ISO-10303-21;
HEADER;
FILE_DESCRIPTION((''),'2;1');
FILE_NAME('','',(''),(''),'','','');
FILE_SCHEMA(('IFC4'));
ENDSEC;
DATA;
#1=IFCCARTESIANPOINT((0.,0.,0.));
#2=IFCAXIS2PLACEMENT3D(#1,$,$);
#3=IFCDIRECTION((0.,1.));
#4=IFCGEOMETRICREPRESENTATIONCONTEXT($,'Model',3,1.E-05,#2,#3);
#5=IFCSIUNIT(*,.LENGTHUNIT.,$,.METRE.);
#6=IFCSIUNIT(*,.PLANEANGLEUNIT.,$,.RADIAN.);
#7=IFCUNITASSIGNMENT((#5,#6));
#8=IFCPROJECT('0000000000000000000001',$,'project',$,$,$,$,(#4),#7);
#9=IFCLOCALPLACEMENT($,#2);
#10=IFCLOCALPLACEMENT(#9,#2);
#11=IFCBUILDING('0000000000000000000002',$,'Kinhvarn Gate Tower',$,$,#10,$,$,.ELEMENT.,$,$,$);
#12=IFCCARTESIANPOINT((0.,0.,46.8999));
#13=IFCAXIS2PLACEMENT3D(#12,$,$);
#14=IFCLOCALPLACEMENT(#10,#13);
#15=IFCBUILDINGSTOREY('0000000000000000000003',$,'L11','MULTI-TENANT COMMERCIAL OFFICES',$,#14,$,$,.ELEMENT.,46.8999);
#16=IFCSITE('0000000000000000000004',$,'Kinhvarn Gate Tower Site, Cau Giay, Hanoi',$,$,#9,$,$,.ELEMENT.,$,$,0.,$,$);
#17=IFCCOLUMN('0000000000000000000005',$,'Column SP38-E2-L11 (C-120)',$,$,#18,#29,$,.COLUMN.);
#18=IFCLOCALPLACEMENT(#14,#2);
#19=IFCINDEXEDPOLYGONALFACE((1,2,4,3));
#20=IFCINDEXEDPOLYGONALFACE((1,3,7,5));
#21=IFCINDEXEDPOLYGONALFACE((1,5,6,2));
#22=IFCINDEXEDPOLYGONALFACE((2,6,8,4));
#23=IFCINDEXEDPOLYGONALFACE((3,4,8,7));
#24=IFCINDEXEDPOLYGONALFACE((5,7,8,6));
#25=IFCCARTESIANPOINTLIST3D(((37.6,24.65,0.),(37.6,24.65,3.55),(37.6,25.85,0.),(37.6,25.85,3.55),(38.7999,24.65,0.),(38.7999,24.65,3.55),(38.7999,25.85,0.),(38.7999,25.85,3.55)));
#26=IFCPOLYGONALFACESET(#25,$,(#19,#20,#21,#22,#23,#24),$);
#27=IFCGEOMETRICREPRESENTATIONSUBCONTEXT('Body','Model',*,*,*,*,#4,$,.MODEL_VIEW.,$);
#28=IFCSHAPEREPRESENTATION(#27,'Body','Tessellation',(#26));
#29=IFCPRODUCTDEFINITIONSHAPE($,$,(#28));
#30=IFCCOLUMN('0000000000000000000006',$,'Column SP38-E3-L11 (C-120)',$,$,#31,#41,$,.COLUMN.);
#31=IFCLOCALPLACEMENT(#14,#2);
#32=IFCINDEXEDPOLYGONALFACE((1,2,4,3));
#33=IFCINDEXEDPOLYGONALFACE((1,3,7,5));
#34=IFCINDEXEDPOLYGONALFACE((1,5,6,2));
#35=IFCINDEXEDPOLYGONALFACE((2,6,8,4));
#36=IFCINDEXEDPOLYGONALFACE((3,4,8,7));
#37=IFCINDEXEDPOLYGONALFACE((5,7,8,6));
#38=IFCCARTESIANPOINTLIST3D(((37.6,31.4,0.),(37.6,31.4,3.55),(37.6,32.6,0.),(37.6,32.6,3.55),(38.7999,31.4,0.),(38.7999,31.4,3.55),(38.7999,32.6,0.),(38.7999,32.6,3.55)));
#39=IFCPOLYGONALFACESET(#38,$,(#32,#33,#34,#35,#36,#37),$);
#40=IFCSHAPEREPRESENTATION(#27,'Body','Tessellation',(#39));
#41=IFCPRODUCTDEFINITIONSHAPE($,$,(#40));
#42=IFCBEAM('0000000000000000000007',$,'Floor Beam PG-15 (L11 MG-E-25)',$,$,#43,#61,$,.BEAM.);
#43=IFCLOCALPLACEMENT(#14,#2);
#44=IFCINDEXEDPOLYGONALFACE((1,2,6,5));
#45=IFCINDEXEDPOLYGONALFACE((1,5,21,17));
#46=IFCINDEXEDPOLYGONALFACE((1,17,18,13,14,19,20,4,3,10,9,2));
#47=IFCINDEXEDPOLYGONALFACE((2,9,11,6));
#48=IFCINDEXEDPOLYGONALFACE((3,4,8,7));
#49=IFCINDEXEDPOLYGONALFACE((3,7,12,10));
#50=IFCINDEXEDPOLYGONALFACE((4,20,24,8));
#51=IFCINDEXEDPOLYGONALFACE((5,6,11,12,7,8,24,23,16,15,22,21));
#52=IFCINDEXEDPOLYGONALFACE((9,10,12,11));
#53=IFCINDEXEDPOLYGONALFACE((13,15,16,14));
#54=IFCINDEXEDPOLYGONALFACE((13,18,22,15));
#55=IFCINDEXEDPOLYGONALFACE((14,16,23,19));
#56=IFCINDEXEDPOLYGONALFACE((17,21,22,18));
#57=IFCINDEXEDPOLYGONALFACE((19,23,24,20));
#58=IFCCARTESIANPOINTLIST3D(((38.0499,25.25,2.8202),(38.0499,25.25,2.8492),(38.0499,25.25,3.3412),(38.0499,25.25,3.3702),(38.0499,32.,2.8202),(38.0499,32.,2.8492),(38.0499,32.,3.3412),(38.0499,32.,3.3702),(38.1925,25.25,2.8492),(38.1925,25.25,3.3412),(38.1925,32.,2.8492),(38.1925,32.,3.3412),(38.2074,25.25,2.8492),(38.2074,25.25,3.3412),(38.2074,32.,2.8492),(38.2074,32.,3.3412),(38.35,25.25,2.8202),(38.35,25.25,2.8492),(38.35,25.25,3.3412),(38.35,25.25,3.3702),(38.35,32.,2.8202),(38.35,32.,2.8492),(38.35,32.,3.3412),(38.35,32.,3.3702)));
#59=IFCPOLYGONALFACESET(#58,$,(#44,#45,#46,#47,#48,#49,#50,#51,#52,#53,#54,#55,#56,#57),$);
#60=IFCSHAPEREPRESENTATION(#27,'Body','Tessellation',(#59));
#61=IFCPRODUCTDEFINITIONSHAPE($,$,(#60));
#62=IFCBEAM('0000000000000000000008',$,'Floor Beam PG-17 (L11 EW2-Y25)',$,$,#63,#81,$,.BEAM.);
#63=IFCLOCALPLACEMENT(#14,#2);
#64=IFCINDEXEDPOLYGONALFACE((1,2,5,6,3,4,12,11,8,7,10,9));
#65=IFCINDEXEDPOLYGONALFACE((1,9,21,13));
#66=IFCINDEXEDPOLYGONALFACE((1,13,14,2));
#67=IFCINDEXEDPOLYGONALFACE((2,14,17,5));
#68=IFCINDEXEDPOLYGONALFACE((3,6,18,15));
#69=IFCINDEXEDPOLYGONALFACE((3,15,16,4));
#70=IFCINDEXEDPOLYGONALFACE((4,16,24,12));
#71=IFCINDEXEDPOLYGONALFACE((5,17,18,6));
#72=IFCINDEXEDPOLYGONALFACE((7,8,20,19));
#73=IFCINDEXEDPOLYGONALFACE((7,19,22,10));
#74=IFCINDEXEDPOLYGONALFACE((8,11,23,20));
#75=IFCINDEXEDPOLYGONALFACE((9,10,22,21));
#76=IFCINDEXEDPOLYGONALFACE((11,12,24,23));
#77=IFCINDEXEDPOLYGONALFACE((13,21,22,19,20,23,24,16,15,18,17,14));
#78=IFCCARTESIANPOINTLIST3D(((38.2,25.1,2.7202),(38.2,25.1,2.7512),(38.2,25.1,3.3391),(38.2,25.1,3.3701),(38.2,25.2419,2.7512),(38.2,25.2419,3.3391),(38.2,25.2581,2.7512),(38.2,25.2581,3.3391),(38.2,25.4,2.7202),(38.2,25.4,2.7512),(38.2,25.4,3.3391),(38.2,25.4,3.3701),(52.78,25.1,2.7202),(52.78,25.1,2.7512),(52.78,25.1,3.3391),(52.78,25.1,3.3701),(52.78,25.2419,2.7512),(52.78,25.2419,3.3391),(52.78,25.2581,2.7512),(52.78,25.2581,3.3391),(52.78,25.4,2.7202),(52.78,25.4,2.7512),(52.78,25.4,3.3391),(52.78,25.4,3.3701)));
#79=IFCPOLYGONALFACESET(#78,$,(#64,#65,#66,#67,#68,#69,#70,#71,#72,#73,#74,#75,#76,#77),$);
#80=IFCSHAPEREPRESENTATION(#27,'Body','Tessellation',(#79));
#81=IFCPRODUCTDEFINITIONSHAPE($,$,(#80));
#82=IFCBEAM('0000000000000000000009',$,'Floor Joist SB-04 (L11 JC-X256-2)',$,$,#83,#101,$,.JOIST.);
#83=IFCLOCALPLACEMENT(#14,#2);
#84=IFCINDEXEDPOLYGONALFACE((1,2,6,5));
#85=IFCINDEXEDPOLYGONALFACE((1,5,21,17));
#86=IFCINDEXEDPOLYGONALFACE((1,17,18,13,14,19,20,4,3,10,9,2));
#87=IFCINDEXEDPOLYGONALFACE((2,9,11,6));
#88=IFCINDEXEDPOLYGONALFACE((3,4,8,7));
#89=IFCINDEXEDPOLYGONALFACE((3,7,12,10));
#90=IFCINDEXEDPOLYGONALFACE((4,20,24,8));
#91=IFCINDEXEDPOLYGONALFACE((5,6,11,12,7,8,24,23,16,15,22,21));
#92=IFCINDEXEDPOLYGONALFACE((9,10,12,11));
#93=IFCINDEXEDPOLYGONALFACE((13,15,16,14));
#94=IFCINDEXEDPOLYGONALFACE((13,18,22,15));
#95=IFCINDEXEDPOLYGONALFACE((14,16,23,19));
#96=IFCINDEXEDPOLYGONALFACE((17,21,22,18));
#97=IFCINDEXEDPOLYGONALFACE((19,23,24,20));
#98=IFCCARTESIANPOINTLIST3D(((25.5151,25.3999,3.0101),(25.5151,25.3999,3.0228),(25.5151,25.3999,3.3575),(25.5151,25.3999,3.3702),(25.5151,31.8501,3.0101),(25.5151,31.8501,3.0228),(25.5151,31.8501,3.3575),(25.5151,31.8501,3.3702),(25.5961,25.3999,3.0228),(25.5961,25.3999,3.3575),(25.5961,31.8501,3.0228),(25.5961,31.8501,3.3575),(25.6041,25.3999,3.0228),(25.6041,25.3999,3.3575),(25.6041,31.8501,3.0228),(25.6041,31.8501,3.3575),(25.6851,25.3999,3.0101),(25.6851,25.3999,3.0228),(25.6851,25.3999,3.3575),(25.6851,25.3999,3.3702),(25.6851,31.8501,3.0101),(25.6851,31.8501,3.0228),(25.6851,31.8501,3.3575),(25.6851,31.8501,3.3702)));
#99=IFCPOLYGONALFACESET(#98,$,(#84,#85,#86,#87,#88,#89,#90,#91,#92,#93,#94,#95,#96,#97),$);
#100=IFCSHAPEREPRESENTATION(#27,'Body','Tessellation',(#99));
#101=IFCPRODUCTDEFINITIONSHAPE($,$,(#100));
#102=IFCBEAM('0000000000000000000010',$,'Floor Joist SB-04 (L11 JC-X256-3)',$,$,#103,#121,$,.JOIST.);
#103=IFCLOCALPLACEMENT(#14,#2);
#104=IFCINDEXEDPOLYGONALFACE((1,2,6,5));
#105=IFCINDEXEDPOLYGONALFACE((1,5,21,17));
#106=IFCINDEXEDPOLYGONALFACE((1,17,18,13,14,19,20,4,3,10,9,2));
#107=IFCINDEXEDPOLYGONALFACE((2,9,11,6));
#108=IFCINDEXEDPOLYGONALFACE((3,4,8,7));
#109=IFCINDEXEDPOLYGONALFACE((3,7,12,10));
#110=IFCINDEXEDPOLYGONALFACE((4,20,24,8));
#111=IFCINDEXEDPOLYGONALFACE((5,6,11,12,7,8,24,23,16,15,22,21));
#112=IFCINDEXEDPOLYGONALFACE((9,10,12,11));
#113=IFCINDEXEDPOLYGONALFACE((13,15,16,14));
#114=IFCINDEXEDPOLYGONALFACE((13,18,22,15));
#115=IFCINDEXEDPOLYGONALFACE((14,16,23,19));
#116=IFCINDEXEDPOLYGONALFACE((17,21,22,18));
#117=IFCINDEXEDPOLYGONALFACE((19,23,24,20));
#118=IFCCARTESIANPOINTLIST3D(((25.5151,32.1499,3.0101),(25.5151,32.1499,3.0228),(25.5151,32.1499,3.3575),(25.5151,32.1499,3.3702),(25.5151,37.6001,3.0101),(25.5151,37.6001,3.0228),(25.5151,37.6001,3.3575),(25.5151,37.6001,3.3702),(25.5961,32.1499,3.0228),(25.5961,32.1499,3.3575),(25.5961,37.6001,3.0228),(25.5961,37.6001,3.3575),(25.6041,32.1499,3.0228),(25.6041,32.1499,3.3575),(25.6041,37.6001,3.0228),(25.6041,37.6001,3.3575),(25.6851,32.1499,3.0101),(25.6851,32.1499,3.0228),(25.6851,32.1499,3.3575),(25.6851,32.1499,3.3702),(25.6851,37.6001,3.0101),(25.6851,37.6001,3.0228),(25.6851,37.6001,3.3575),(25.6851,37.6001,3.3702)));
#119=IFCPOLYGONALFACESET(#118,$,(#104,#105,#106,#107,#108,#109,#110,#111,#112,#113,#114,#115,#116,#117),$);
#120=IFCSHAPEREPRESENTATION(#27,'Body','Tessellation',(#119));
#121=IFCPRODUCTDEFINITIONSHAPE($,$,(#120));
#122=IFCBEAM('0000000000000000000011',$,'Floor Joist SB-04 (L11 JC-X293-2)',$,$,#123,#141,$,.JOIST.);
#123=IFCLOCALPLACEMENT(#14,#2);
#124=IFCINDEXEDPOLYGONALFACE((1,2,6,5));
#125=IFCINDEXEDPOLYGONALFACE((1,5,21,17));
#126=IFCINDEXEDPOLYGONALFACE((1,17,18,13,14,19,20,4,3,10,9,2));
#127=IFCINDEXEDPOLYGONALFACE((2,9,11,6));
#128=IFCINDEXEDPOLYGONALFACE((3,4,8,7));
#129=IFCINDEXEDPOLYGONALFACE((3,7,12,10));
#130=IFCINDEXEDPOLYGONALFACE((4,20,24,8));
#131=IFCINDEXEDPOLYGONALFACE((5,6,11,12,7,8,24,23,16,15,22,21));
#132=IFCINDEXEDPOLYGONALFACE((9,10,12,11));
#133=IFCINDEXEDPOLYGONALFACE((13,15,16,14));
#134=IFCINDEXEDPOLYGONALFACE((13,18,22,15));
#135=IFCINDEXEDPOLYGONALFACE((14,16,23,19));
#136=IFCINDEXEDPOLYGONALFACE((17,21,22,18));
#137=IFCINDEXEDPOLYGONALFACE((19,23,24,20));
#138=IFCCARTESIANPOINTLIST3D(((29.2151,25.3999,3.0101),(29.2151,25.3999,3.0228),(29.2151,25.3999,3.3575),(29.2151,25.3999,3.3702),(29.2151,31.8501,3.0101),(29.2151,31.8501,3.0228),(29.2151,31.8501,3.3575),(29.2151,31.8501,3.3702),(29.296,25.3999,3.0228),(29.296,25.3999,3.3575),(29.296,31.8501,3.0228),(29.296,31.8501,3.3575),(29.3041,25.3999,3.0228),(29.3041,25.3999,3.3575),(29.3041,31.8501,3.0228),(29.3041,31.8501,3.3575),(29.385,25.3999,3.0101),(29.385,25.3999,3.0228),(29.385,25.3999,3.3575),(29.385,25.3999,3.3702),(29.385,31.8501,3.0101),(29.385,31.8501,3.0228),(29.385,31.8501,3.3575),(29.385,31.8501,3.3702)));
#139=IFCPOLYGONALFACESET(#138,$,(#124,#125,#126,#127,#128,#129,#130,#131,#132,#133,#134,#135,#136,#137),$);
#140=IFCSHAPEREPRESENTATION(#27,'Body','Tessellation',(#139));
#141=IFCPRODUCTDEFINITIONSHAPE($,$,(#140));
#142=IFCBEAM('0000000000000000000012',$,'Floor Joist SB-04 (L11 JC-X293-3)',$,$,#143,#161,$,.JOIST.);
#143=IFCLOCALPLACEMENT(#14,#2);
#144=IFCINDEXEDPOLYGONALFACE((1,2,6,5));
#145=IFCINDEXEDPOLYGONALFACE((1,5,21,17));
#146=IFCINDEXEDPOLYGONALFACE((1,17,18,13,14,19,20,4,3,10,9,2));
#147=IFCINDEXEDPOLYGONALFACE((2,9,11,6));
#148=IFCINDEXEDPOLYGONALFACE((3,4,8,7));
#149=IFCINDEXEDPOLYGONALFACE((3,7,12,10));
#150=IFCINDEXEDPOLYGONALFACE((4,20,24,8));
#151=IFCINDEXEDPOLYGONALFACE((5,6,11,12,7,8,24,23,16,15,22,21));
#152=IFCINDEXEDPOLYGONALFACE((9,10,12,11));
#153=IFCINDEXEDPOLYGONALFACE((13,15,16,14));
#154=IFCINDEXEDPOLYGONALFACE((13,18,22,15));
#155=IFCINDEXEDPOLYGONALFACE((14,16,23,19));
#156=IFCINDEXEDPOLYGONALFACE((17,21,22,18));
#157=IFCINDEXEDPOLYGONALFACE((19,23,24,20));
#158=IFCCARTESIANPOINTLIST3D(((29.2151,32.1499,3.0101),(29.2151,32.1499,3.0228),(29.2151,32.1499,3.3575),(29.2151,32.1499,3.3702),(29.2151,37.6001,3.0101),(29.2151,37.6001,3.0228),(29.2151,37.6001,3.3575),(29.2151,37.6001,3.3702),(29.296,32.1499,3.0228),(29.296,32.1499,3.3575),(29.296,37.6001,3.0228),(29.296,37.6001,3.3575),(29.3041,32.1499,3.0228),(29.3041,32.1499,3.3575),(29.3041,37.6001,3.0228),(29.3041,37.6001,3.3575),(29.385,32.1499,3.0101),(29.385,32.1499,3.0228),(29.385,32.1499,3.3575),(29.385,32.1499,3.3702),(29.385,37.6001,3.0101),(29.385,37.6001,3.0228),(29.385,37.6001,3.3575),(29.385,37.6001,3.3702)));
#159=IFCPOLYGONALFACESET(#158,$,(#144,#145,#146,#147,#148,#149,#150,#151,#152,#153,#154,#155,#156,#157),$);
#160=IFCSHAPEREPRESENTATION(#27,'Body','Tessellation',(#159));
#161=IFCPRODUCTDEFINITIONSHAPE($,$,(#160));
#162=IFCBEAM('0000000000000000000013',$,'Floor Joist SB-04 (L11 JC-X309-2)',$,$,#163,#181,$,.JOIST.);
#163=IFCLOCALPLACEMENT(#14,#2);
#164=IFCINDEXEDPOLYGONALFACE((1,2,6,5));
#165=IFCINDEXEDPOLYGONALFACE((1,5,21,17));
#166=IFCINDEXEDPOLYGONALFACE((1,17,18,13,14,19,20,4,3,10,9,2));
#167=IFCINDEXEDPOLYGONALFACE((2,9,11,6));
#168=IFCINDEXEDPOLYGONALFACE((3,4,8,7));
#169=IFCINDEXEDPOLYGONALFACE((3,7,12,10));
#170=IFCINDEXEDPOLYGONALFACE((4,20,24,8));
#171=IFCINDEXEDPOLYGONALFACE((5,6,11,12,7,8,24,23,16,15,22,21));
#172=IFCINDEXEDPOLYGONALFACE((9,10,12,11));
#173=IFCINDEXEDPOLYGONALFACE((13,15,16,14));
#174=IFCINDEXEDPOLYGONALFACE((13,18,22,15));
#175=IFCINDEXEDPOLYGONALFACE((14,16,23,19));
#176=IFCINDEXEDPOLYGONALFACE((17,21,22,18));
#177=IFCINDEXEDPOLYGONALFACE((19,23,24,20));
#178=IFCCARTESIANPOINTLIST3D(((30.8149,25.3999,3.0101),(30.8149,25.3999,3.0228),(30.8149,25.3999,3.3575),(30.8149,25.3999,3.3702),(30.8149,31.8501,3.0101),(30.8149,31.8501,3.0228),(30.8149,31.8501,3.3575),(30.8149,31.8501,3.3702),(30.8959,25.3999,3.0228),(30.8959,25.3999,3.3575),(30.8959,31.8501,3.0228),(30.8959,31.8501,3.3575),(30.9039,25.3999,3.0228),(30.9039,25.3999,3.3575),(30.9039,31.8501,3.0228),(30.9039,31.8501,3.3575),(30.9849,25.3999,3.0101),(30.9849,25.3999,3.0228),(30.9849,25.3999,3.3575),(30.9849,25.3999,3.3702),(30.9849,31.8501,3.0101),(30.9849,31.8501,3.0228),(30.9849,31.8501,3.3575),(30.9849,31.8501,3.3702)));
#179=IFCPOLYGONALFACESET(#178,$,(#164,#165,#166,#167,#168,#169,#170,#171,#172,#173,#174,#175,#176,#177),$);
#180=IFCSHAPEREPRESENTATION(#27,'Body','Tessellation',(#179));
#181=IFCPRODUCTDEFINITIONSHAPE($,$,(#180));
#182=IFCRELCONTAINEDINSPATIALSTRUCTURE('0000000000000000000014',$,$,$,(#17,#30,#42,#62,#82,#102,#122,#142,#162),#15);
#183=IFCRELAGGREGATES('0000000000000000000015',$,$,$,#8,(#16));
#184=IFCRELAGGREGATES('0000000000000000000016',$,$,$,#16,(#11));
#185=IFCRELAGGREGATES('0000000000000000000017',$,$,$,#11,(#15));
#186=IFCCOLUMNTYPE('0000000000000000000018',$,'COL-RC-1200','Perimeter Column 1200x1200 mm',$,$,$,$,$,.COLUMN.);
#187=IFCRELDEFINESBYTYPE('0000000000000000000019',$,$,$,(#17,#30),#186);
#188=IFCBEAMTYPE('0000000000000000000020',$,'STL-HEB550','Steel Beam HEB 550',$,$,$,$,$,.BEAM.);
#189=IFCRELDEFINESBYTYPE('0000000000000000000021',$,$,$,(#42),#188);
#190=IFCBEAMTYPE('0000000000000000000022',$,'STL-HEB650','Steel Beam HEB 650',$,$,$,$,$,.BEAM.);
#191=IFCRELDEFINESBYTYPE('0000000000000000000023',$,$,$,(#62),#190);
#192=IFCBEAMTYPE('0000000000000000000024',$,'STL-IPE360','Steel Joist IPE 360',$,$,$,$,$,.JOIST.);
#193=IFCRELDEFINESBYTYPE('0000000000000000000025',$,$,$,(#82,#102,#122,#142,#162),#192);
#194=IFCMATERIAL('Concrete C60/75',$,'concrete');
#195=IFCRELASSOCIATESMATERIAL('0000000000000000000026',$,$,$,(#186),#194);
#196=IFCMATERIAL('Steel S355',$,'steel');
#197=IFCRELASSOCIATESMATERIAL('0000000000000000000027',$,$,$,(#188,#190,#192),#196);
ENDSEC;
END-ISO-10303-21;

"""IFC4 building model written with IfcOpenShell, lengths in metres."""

from ifc_helpers import new_model, si_unit, direction, frame, origin, origin_2d, place, context, subcontext, project, spatial, rectangle, i_section, extrude, material, material_profile, profile_set, type_object, element, save


model = new_model("IFC4")

# Units and contexts
model_context = context("Model", 3, precision=1e-05, world=origin(), true_north=direction((0.0, 1.0)))
body_context = subcontext(model_context, "Body", "Model", "MODEL_VIEW")
ifc_project = project(units=[si_unit("LENGTHUNIT", "METRE"), si_unit("PLANEANGLEUNIT", "RADIAN")], contexts=[model_context])

# Site, building, storey
site_placement = place(None, origin())
site = spatial("IfcSite", under=ifc_project, at=site_placement, Name="Kinhvarn Gate Tower Site, Cau Giay, Hanoi", CompositionType="ELEMENT", RefElevation=0.0)
building_placement = place(site_placement, origin())
building = spatial("IfcBuilding", under=site, at=building_placement, Name="Kinhvarn Gate Tower", CompositionType="ELEMENT")
storey_placement = place(building_placement, frame((0.0, 0.0, 46.8999)))
storey = spatial("IfcBuildingStorey", under=building, at=storey_placement, Name="L11", Description="MULTI-TENANT COMMERCIAL OFFICES", CompositionType="ELEMENT", Elevation=46.8999)

# Columns
ifc_material_1 = material(Name="Concrete C60/75", Category="concrete")
ifc_material_profile_1 = material_profile(ifc_material_1, rectangle(XDim=1.2, YDim=1.2, at=origin_2d()), Name="RC 1200x1200")
ifc_profile_set_1 = profile_set([ifc_material_profile_1], Name="Concrete C60/75")
column_type = type_object("IfcColumnType", Name="COL-RC-1200", Description="Perimeter Column 1200x1200 mm", PredefinedType="COLUMN", material=ifc_profile_set_1)
for number, where, z_axis, x_axis, name in (
    (1, (38.2, 25.25, 0.0), (0.0, 0.0, 1.0), (1.0, 0.0, 0.0), "Column SP38-E2-L11 (C-120)"),
    (2, (38.2, 32.0, 0.0), (0.0, 0.0, 1.0), (1.0, 0.0, 0.0), "Column SP38-E3-L11 (C-120)"),
):
    element("IfcColumn", number, at=place(storey_placement, frame(where, z_axis=z_axis, x_axis=x_axis)), inside=storey, type_object=column_type, Name=name, PredefinedType="COLUMN", context=body_context, shape_type="SweptSolid", body=[
        extrude(rectangle(XDim=1.2, YDim=1.2, at=origin_2d()), origin(), (0.0, 0.0, 1.0), 3.55),
    ])

# Beams
ifc_material_2 = material(Name="Steel S355", Category="steel")
ifc_material_profile_2 = material_profile(ifc_material_2, i_section(OverallWidth=0.3, OverallDepth=0.55, WebThickness=0.0149, FlangeThickness=0.0291, at=origin_2d()), Name="HEB 550")
ifc_profile_set_2 = profile_set([ifc_material_profile_2], Name="Steel S355")
beam_type_1 = type_object("IfcBeamType", Name="STL-HEB550", Description="Steel Beam HEB 550", PredefinedType="BEAM", material=ifc_profile_set_2)
beam_1_placement = place(storey_placement, frame((38.2, 25.25, 3.0952), z_axis=(0.0, 1.0, 0.0), x_axis=(-1.0, 0.0, 0.0)))
element("IfcBeam", 3, at=beam_1_placement, inside=storey, type_object=beam_type_1, Name="Floor Beam PG-15 (L11 MG-E-25)", PredefinedType="BEAM", context=body_context, shape_type="SweptSolid", body=[
    extrude(i_section(OverallWidth=0.3, OverallDepth=0.55, WebThickness=0.0149, FlangeThickness=0.0291, at=origin_2d()), origin(), (0.0, 0.0, 1.0), 6.75),
])
ifc_material_profile_3 = material_profile(ifc_material_2, i_section(OverallWidth=0.3, OverallDepth=0.6499, WebThickness=0.0161, FlangeThickness=0.031, at=origin_2d()), Name="HEB 650")
ifc_profile_set_3 = profile_set([ifc_material_profile_3], Name="Steel S355")
beam_type_2 = type_object("IfcBeamType", Name="STL-HEB650", Description="Steel Beam HEB 650", PredefinedType="BEAM", material=ifc_profile_set_3)
beam_2_placement = place(storey_placement, frame((38.2, 25.25, 3.0452), z_axis=(1.0, 0.0, 0.0), x_axis=(0.0, 1.0, 0.0)))
element("IfcBeam", 4, at=beam_2_placement, inside=storey, type_object=beam_type_2, Name="Floor Beam PG-17 (L11 EW2-Y25)", PredefinedType="BEAM", context=body_context, shape_type="SweptSolid", body=[
    extrude(i_section(OverallWidth=0.3, OverallDepth=0.6499, WebThickness=0.0161, FlangeThickness=0.031, at=origin_2d()), origin(), (0.0, 0.0, 1.0), 14.5801),
])
ifc_material_profile_4 = material_profile(ifc_material_2, i_section(OverallWidth=0.1699, OverallDepth=0.3601, WebThickness=0.0081, FlangeThickness=0.0127, at=origin_2d()), Name="IPE 360")
ifc_profile_set_4 = profile_set([ifc_material_profile_4], Name="Steel S355")
beam_type_3 = type_object("IfcBeamType", Name="STL-IPE360", Description="Steel Joist IPE 360", PredefinedType="JOIST", material=ifc_profile_set_4)
beam_3_placement = place(storey_placement, frame((25.6001, 25.3999, 3.1902), z_axis=(0.0, 1.0, 0.0), x_axis=(-1.0, 0.0, 0.0)))
element("IfcBeam", 5, at=beam_3_placement, inside=storey, type_object=beam_type_3, Name="Floor Joist SB-04 (L11 JC-X256-2)", PredefinedType="JOIST", context=body_context, shape_type="SweptSolid", body=[
    extrude(i_section(OverallWidth=0.1699, OverallDepth=0.3601, WebThickness=0.0081, FlangeThickness=0.0127, at=origin_2d()), origin(), (0.0, 0.0, 1.0), 6.4502),
])
beam_4_placement = place(storey_placement, frame((25.6001, 32.1499, 3.1902), z_axis=(0.0, 1.0, 0.0), x_axis=(-1.0, 0.0, 0.0)))
element("IfcBeam", 6, at=beam_4_placement, inside=storey, type_object=beam_type_3, Name="Floor Joist SB-04 (L11 JC-X256-3)", PredefinedType="JOIST", context=body_context, shape_type="SweptSolid", body=[
    extrude(i_section(OverallWidth=0.1699, OverallDepth=0.3601, WebThickness=0.0081, FlangeThickness=0.0127, at=origin_2d()), origin(), (0.0, 0.0, 1.0), 5.4502),
])
beam_5_placement = place(storey_placement, frame((29.3, 25.3999, 3.1902), z_axis=(0.0, 1.0, 0.0), x_axis=(-1.0, 0.0, 0.0)))
element("IfcBeam", 7, at=beam_5_placement, inside=storey, type_object=beam_type_3, Name="Floor Joist SB-04 (L11 JC-X293-2)", PredefinedType="JOIST", context=body_context, shape_type="SweptSolid", body=[
    extrude(i_section(OverallWidth=0.1699, OverallDepth=0.3601, WebThickness=0.0081, FlangeThickness=0.0127, at=origin_2d()), origin(), (0.0, 0.0, 1.0), 6.4502),
])
beam_6_placement = place(storey_placement, frame((29.3, 32.1499, 3.1902), z_axis=(0.0, 1.0, 0.0), x_axis=(-1.0, 0.0, 0.0)))
element("IfcBeam", 8, at=beam_6_placement, inside=storey, type_object=beam_type_3, Name="Floor Joist SB-04 (L11 JC-X293-3)", PredefinedType="JOIST", context=body_context, shape_type="SweptSolid", body=[
    extrude(i_section(OverallWidth=0.1699, OverallDepth=0.3601, WebThickness=0.0081, FlangeThickness=0.0127, at=origin_2d()), origin(), (0.0, 0.0, 1.0), 5.4502),
])
beam_7_placement = place(storey_placement, frame((30.8999, 25.3999, 3.1902), z_axis=(0.0, 1.0, 0.0), x_axis=(-1.0, 0.0, 0.0)))
element("IfcBeam", 9, at=beam_7_placement, inside=storey, type_object=beam_type_3, Name="Floor Joist SB-04 (L11 JC-X309-2)", PredefinedType="JOIST", context=body_context, shape_type="SweptSolid", body=[
    extrude(i_section(OverallWidth=0.1699, OverallDepth=0.3601, WebThickness=0.0081, FlangeThickness=0.0127, at=origin_2d()), origin(), (0.0, 0.0, 1.0), 6.4502),
])

save(model, "model.ifc")
